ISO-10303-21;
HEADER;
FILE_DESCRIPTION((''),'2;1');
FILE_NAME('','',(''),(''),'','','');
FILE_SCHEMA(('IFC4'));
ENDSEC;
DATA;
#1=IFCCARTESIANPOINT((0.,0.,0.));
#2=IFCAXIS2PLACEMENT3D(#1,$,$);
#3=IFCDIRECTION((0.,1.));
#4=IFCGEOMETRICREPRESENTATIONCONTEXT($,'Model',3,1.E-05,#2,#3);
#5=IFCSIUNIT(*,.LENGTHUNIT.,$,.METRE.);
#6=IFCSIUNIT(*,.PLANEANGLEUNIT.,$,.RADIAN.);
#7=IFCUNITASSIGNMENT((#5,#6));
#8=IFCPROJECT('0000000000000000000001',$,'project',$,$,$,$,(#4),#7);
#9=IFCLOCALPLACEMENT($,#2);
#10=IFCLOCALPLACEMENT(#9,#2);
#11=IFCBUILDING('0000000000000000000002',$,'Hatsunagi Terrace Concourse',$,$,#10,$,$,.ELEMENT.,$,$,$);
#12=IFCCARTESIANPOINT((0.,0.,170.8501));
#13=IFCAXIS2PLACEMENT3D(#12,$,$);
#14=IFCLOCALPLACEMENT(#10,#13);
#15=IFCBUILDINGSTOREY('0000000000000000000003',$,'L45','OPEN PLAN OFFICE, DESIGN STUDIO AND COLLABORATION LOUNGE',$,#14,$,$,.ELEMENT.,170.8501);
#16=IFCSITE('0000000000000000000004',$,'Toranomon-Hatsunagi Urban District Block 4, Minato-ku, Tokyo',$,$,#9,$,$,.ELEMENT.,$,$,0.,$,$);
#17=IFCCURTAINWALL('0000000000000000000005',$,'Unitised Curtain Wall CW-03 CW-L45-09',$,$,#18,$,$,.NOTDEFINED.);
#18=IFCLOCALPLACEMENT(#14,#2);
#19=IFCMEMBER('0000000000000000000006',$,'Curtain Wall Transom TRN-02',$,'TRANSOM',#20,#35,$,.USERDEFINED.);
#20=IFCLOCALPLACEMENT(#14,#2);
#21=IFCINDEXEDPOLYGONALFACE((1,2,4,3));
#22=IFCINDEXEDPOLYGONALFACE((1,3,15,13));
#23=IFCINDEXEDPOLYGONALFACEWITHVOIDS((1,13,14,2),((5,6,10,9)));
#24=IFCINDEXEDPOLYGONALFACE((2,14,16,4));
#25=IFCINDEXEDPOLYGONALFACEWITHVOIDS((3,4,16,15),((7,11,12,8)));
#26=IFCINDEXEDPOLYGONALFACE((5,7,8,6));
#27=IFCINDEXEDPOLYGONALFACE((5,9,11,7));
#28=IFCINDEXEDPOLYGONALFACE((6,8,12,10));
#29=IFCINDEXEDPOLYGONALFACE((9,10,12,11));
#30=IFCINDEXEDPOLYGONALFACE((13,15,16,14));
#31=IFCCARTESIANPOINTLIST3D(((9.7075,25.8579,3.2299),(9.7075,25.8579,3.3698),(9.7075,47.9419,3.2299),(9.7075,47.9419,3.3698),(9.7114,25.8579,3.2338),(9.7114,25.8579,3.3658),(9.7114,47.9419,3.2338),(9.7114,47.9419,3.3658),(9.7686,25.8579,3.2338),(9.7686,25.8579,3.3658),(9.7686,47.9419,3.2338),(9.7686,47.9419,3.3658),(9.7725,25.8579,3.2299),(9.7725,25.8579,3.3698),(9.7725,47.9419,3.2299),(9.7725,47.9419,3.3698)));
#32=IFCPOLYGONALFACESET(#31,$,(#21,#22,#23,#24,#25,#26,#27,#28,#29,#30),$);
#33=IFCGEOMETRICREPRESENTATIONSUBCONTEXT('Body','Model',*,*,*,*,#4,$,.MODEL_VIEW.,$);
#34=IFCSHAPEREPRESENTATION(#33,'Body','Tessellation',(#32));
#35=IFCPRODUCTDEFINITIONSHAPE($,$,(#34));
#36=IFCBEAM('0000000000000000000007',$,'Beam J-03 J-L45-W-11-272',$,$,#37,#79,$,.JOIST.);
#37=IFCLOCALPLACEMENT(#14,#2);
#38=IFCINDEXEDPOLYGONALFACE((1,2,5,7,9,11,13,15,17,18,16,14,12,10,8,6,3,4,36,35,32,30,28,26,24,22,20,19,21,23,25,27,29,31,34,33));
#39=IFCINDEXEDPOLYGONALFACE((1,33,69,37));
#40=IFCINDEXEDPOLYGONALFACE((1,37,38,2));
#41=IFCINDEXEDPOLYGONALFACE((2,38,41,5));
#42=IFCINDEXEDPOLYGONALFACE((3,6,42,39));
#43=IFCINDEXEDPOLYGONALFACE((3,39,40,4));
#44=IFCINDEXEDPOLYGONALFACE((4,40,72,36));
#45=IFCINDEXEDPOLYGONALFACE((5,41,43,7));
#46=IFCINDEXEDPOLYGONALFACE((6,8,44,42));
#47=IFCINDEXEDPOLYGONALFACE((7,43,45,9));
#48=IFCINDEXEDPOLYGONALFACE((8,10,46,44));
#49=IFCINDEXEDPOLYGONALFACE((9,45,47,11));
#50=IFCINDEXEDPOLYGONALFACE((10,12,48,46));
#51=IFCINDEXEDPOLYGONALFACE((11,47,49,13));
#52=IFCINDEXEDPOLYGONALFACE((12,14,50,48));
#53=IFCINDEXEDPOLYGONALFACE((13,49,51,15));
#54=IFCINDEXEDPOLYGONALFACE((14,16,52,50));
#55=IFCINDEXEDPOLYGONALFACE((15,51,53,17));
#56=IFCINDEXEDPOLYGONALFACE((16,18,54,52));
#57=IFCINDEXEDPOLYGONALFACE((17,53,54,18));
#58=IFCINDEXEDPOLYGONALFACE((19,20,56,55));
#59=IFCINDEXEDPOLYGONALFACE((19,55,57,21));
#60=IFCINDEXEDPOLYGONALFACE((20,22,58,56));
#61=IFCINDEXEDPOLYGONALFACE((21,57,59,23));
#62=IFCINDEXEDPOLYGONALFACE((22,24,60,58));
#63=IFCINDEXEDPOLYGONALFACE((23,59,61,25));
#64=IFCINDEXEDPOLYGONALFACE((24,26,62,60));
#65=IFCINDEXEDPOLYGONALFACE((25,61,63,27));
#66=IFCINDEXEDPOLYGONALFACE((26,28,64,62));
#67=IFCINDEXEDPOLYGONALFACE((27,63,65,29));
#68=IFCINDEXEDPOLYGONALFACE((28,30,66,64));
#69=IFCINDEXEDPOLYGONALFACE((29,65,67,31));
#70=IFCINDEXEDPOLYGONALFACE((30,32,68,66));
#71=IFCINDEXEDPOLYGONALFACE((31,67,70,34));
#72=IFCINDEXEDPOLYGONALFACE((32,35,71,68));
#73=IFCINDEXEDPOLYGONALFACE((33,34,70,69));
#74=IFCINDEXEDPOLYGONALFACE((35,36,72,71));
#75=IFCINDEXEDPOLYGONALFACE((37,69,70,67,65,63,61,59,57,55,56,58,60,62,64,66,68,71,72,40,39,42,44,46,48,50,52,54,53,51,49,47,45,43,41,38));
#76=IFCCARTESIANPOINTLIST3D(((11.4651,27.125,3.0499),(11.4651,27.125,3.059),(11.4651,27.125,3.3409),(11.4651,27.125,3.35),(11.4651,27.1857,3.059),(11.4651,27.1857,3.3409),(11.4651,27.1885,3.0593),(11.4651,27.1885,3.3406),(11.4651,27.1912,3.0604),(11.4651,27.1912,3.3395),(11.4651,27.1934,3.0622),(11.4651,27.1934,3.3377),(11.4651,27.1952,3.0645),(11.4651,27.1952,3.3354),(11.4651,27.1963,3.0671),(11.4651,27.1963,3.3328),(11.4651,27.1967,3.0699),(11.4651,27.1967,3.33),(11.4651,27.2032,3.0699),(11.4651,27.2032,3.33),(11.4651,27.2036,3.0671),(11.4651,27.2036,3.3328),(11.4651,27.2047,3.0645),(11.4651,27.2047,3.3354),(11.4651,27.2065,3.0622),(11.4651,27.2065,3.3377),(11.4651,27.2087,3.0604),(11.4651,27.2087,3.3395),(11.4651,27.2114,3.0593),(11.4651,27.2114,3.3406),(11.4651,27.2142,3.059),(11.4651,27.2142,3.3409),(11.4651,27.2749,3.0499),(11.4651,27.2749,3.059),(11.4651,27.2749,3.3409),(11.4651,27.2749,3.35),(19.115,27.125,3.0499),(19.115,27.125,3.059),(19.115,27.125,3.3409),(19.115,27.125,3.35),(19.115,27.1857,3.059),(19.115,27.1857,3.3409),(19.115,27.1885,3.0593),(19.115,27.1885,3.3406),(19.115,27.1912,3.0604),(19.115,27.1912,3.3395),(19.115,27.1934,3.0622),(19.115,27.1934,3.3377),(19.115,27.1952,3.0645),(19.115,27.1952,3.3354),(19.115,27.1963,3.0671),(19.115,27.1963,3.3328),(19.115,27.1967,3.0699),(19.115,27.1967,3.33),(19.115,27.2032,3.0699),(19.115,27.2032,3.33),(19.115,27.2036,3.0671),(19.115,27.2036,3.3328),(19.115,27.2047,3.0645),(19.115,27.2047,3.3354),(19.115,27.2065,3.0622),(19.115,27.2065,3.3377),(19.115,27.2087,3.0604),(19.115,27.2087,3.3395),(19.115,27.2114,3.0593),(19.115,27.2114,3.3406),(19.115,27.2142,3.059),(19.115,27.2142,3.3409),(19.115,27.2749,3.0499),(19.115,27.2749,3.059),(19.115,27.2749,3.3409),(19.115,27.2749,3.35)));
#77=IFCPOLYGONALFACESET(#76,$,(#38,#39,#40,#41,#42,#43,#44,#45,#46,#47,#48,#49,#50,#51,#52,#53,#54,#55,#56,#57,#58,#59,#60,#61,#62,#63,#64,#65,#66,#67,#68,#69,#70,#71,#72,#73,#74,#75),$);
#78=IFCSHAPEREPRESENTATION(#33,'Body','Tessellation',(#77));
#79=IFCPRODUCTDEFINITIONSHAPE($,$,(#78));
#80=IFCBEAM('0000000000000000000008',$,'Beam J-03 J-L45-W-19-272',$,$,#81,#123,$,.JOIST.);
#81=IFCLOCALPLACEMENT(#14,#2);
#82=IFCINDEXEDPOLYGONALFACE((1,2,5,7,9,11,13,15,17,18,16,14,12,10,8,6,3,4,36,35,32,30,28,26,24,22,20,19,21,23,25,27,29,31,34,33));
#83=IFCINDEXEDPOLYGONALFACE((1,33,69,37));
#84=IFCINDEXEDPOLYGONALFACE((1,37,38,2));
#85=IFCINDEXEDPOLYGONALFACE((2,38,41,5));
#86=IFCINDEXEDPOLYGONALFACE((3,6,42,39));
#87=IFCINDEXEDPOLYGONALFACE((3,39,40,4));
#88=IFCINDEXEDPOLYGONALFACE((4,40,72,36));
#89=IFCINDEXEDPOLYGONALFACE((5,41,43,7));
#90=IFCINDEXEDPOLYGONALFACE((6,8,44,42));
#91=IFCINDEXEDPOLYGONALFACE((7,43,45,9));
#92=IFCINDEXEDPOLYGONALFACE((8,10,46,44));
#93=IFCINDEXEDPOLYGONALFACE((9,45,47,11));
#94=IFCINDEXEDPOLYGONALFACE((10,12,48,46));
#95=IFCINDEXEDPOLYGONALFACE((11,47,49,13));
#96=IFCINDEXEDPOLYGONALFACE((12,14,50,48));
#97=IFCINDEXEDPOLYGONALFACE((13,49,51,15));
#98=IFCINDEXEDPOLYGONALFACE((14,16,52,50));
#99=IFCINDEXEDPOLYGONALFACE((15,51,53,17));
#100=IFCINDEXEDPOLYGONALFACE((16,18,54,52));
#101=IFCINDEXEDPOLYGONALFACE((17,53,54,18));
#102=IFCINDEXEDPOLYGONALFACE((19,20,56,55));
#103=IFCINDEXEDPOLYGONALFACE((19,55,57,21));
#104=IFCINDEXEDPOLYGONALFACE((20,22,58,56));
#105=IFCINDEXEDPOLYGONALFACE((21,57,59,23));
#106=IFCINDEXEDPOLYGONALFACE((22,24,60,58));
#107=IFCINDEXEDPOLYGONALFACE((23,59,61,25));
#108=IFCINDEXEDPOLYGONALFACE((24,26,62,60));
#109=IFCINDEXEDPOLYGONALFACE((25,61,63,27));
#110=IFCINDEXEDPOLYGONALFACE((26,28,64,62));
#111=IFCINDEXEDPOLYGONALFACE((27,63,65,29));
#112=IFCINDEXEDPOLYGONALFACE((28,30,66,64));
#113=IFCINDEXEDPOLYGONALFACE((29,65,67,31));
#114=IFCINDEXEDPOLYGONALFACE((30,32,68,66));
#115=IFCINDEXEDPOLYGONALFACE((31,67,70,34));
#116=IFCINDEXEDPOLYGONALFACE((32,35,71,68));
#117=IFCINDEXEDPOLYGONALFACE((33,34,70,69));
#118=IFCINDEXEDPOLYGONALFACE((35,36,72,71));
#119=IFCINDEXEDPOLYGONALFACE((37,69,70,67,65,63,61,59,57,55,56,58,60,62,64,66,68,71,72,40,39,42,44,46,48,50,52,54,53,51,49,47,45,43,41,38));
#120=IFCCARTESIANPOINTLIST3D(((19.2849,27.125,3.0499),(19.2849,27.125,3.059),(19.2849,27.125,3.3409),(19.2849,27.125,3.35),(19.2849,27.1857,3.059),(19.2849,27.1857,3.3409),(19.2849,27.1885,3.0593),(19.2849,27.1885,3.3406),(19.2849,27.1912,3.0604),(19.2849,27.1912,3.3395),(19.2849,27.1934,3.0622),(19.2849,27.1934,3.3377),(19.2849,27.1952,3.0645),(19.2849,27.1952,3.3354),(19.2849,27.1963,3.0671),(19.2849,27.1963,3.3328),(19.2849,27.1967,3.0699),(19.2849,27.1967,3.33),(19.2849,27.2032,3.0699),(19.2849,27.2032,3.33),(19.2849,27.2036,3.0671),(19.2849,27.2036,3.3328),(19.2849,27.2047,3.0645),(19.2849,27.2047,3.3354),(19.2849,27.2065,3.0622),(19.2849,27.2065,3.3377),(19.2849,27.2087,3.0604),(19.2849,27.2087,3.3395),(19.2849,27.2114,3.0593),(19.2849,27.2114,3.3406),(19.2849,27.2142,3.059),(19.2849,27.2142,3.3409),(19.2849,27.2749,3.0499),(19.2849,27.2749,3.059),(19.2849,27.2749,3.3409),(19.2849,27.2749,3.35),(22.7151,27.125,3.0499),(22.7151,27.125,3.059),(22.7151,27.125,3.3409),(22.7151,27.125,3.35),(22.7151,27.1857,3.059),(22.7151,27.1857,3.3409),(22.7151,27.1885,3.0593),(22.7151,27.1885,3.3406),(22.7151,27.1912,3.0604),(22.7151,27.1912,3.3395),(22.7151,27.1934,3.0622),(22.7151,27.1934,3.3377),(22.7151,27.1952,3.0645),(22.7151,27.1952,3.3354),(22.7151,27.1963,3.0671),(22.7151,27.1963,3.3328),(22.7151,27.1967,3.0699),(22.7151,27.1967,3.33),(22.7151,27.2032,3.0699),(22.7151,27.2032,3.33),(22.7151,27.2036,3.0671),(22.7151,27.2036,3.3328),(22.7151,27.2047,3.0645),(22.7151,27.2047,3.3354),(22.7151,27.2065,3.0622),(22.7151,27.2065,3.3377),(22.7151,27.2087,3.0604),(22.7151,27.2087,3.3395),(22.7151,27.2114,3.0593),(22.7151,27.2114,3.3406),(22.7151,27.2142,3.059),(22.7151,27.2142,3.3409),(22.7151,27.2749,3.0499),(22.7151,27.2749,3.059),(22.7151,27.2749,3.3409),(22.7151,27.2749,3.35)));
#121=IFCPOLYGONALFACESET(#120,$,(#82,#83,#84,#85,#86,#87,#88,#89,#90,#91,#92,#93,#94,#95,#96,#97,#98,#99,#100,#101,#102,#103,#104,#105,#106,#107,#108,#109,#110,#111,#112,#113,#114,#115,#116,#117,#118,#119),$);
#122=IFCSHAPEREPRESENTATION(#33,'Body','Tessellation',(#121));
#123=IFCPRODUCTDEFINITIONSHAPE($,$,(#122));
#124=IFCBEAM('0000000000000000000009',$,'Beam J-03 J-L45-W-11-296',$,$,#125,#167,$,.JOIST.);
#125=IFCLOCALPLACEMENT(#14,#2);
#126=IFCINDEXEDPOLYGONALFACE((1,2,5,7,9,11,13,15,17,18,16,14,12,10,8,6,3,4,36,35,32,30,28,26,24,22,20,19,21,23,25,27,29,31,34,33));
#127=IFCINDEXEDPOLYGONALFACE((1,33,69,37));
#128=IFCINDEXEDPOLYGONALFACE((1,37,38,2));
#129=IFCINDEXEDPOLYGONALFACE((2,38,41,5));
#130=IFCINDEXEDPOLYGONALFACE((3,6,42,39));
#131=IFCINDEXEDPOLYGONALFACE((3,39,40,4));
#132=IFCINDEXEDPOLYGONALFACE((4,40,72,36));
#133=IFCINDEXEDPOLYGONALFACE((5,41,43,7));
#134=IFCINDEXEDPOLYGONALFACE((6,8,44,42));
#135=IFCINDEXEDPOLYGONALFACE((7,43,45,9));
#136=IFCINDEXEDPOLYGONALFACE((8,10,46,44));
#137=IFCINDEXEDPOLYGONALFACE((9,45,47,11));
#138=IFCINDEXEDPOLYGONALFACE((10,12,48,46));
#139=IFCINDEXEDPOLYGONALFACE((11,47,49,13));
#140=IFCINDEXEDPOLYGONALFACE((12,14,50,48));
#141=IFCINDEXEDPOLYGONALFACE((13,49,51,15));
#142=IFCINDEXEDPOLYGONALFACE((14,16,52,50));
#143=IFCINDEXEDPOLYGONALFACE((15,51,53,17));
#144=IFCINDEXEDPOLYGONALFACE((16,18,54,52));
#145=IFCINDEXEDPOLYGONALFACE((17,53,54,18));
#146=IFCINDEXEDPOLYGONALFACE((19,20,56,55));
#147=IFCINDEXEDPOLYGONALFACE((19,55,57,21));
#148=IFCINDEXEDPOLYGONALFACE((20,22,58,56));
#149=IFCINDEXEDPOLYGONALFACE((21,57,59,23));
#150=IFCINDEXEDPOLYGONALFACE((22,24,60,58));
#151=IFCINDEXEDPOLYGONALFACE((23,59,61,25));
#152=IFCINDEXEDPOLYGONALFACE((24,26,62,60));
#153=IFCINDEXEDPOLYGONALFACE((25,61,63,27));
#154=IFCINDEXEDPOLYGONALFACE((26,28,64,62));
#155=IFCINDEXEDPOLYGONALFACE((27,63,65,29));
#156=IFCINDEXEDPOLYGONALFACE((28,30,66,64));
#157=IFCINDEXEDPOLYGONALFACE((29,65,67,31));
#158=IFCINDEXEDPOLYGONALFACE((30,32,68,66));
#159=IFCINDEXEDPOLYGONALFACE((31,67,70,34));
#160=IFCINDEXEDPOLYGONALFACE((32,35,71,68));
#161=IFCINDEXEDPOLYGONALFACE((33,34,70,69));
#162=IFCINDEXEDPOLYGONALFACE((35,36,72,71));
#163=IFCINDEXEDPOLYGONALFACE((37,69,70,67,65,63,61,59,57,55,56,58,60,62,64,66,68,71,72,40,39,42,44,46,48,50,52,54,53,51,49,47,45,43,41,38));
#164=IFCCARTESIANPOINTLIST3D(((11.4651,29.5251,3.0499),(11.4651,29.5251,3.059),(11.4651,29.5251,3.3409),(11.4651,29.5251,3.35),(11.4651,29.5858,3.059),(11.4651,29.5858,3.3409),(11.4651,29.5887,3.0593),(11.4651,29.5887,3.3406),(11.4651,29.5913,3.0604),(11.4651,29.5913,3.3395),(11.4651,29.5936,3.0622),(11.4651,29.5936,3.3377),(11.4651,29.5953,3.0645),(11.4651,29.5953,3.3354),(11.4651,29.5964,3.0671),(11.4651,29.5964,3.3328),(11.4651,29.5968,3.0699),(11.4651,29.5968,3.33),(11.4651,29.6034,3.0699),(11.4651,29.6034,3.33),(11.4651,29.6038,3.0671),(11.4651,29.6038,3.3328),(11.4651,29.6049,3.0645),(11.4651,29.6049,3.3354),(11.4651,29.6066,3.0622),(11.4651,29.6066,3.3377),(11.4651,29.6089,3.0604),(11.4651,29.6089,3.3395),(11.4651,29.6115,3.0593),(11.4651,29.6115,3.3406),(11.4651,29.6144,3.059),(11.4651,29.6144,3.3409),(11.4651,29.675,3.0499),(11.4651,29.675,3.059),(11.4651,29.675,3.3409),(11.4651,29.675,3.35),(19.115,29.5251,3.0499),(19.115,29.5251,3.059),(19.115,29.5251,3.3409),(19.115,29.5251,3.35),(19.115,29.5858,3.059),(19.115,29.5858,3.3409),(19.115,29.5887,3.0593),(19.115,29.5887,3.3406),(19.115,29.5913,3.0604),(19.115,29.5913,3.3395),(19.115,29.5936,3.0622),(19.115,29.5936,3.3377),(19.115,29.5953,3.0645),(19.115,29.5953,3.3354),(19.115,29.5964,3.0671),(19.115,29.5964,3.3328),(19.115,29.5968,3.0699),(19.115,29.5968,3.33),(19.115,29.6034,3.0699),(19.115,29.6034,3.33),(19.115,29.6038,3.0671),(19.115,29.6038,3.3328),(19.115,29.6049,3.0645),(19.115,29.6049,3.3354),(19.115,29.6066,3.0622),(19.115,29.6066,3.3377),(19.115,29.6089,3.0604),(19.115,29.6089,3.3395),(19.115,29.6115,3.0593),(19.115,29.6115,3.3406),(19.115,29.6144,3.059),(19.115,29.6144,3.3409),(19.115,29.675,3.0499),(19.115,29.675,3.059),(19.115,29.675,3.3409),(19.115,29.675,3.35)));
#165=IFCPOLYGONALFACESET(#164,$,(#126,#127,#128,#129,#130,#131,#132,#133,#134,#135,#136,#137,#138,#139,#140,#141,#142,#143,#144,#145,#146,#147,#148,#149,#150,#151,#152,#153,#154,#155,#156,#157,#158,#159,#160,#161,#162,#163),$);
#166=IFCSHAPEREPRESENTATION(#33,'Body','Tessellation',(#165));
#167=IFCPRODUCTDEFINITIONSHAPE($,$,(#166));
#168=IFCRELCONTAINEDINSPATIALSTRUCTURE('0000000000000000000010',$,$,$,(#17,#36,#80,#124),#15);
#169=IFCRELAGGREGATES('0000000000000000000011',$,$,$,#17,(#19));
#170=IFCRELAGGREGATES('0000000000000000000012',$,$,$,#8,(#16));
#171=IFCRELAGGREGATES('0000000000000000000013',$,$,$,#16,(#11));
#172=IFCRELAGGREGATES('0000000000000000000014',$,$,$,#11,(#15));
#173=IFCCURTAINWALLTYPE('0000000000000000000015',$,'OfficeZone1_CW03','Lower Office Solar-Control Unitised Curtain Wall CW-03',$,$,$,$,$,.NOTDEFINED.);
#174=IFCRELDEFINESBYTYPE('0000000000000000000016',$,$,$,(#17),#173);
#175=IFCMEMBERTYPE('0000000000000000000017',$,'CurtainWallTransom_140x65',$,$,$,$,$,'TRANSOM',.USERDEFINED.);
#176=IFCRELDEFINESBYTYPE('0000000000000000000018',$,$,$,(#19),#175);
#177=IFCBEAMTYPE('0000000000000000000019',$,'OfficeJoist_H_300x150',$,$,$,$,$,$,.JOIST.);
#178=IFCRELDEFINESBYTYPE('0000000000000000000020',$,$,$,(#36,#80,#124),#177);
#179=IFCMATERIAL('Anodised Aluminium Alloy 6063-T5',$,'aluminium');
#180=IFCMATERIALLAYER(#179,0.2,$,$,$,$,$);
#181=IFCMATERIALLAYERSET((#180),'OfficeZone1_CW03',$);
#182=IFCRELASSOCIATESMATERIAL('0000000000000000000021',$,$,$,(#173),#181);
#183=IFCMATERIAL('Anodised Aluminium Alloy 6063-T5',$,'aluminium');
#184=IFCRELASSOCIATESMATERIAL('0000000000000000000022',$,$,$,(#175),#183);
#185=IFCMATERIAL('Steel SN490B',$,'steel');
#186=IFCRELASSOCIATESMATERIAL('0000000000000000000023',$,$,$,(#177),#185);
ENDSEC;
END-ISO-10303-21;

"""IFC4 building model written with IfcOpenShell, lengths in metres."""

from ifc_helpers import new_model, si_unit, direction, frame, origin, origin_2d, place, context, subcontext, project, spatial, hollow_rectangle, i_section, extrude, material, layer, layer_set, material_profile, profile_set, type_object, element, aggregate, save


model = new_model("IFC4")

# Units and contexts
model_context = context("Model", 3, precision=1e-05, world=origin(), true_north=direction((0.0, 1.0)))
body_context = subcontext(model_context, "Body", "Model", "MODEL_VIEW")
ifc_project = project(units=[si_unit("LENGTHUNIT", "METRE"), si_unit("PLANEANGLEUNIT", "RADIAN")], contexts=[model_context])

# Site, building, storey
site_placement = place(None, origin())
site = spatial("IfcSite", under=ifc_project, at=site_placement, Name="Toranomon-Hatsunagi Urban District Block 4, Minato-ku, Tokyo", CompositionType="ELEMENT", RefElevation=0.0)
building_placement = place(site_placement, origin())
building = spatial("IfcBuilding", under=site, at=building_placement, Name="Hatsunagi Terrace Concourse", CompositionType="ELEMENT")
storey_placement = place(building_placement, frame((0.0, 0.0, 170.8501)))
storey = spatial("IfcBuildingStorey", under=building, at=storey_placement, Name="L45", Description="OPEN PLAN OFFICE, DESIGN STUDIO AND COLLABORATION LOUNGE", CompositionType="ELEMENT", Elevation=170.8501)

# Curtain wall, member
ifc_material_1 = material(Name="Anodised Aluminium Alloy 6063-T5", Category="aluminium")
ifc_layer_1 = layer(ifc_material_1, 0.2)
ifc_layer_set_1 = layer_set([ifc_layer_1], Name="OfficeZone1_CW03")
curtain_wall_type = type_object("IfcCurtainWallType", Name="OfficeZone1_CW03", Description="Lower Office Solar-Control Unitised Curtain Wall CW-03", PredefinedType="NOTDEFINED", material=ifc_layer_set_1)
curtain_wall_placement = place(storey_placement, origin())
curtain_wall = element("IfcCurtainWall", 1, at=curtain_wall_placement, inside=storey, type_object=curtain_wall_type, Name="Unitised Curtain Wall CW-03 CW-L45-09", PredefinedType="NOTDEFINED")
ifc_material_2 = material(Name="Anodised Aluminium Alloy 6063-T5", Category="aluminium")
ifc_material_profile_1 = material_profile(ifc_material_2, hollow_rectangle(XDim=0.0649, YDim=0.1399, WallThickness=0.0039, at=origin_2d()), Name="ALU-TRN-140x65x4")
ifc_profile_set_1 = profile_set([ifc_material_profile_1], Name="Anodised Aluminium Alloy 6063-T5")
member_type_1 = type_object("IfcMemberType", Name="CurtainWallTransom_140x65", ElementType="TRANSOM", PredefinedType="USERDEFINED", material=ifc_profile_set_1)
member_1_placement = place(storey_placement, frame((9.74, 25.8579, 3.2998), z_axis=(0.0, 1.0, 0.0), x_axis=(-1.0, 0.0, 0.0)))
member_1 = element("IfcMember", 2, at=member_1_placement, type_object=member_type_1, Name="Curtain Wall Transom TRN-02", ObjectType="TRANSOM", PredefinedType="USERDEFINED", context=body_context, shape_type="SweptSolid", body=[
    extrude(hollow_rectangle(XDim=0.0649, YDim=0.1399, WallThickness=0.0039, at=origin_2d()), origin(), (0.0, 0.0, 1.0), 22.084),
])

# Beams
ifc_material_3 = material(Name="Steel SN490B", Category="steel")
ifc_material_profile_2 = material_profile(ifc_material_3, i_section(OverallWidth=0.1499, OverallDepth=0.3, WebThickness=0.0066, FlangeThickness=0.009, FilletRadius=0.011, at=origin_2d()), Name="H-300x150x6.5x9")
ifc_profile_set_2 = profile_set([ifc_material_profile_2], Name="Steel SN490B")
beam_type_1 = type_object("IfcBeamType", Name="OfficeJoist_H_300x150", PredefinedType="JOIST", material=ifc_profile_set_2)
beam_1_placement = place(storey_placement, frame((11.4651, 27.2, 3.2), z_axis=(1.0, 0.0, 0.0), x_axis=(0.0, 1.0, 0.0)))
element("IfcBeam", 3, at=beam_1_placement, inside=storey, type_object=beam_type_1, Name="Beam J-03 J-L45-W-11-272", PredefinedType="JOIST", context=body_context, shape_type="SweptSolid", body=[
    extrude(i_section(OverallWidth=0.1499, OverallDepth=0.3, WebThickness=0.0066, FlangeThickness=0.009, FilletRadius=0.011, at=origin_2d()), origin(), (0.0, 0.0, 1.0), 7.6499),
])
beam_2_placement = place(storey_placement, frame((19.2849, 27.2, 3.2), z_axis=(1.0, 0.0, 0.0), x_axis=(0.0, 1.0, 0.0)))
element("IfcBeam", 4, at=beam_2_placement, inside=storey, type_object=beam_type_1, Name="Beam J-03 J-L45-W-19-272", PredefinedType="JOIST", context=body_context, shape_type="SweptSolid", body=[
    extrude(i_section(OverallWidth=0.1499, OverallDepth=0.3, WebThickness=0.0066, FlangeThickness=0.009, FilletRadius=0.011, at=origin_2d()), origin(), (0.0, 0.0, 1.0), 3.4302),
])
beam_3_placement = place(storey_placement, frame((11.4651, 29.6001, 3.2), z_axis=(1.0, 0.0, 0.0), x_axis=(0.0, 1.0, 0.0)))
element("IfcBeam", 5, at=beam_3_placement, inside=storey, type_object=beam_type_1, Name="Beam J-03 J-L45-W-11-296", PredefinedType="JOIST", context=body_context, shape_type="SweptSolid", body=[
    extrude(i_section(OverallWidth=0.1499, OverallDepth=0.3, WebThickness=0.0066, FlangeThickness=0.009, FilletRadius=0.011, at=origin_2d()), origin(), (0.0, 0.0, 1.0), 7.6499),
])

aggregate(curtain_wall, [member_1])

save(model, "model.ifc")
